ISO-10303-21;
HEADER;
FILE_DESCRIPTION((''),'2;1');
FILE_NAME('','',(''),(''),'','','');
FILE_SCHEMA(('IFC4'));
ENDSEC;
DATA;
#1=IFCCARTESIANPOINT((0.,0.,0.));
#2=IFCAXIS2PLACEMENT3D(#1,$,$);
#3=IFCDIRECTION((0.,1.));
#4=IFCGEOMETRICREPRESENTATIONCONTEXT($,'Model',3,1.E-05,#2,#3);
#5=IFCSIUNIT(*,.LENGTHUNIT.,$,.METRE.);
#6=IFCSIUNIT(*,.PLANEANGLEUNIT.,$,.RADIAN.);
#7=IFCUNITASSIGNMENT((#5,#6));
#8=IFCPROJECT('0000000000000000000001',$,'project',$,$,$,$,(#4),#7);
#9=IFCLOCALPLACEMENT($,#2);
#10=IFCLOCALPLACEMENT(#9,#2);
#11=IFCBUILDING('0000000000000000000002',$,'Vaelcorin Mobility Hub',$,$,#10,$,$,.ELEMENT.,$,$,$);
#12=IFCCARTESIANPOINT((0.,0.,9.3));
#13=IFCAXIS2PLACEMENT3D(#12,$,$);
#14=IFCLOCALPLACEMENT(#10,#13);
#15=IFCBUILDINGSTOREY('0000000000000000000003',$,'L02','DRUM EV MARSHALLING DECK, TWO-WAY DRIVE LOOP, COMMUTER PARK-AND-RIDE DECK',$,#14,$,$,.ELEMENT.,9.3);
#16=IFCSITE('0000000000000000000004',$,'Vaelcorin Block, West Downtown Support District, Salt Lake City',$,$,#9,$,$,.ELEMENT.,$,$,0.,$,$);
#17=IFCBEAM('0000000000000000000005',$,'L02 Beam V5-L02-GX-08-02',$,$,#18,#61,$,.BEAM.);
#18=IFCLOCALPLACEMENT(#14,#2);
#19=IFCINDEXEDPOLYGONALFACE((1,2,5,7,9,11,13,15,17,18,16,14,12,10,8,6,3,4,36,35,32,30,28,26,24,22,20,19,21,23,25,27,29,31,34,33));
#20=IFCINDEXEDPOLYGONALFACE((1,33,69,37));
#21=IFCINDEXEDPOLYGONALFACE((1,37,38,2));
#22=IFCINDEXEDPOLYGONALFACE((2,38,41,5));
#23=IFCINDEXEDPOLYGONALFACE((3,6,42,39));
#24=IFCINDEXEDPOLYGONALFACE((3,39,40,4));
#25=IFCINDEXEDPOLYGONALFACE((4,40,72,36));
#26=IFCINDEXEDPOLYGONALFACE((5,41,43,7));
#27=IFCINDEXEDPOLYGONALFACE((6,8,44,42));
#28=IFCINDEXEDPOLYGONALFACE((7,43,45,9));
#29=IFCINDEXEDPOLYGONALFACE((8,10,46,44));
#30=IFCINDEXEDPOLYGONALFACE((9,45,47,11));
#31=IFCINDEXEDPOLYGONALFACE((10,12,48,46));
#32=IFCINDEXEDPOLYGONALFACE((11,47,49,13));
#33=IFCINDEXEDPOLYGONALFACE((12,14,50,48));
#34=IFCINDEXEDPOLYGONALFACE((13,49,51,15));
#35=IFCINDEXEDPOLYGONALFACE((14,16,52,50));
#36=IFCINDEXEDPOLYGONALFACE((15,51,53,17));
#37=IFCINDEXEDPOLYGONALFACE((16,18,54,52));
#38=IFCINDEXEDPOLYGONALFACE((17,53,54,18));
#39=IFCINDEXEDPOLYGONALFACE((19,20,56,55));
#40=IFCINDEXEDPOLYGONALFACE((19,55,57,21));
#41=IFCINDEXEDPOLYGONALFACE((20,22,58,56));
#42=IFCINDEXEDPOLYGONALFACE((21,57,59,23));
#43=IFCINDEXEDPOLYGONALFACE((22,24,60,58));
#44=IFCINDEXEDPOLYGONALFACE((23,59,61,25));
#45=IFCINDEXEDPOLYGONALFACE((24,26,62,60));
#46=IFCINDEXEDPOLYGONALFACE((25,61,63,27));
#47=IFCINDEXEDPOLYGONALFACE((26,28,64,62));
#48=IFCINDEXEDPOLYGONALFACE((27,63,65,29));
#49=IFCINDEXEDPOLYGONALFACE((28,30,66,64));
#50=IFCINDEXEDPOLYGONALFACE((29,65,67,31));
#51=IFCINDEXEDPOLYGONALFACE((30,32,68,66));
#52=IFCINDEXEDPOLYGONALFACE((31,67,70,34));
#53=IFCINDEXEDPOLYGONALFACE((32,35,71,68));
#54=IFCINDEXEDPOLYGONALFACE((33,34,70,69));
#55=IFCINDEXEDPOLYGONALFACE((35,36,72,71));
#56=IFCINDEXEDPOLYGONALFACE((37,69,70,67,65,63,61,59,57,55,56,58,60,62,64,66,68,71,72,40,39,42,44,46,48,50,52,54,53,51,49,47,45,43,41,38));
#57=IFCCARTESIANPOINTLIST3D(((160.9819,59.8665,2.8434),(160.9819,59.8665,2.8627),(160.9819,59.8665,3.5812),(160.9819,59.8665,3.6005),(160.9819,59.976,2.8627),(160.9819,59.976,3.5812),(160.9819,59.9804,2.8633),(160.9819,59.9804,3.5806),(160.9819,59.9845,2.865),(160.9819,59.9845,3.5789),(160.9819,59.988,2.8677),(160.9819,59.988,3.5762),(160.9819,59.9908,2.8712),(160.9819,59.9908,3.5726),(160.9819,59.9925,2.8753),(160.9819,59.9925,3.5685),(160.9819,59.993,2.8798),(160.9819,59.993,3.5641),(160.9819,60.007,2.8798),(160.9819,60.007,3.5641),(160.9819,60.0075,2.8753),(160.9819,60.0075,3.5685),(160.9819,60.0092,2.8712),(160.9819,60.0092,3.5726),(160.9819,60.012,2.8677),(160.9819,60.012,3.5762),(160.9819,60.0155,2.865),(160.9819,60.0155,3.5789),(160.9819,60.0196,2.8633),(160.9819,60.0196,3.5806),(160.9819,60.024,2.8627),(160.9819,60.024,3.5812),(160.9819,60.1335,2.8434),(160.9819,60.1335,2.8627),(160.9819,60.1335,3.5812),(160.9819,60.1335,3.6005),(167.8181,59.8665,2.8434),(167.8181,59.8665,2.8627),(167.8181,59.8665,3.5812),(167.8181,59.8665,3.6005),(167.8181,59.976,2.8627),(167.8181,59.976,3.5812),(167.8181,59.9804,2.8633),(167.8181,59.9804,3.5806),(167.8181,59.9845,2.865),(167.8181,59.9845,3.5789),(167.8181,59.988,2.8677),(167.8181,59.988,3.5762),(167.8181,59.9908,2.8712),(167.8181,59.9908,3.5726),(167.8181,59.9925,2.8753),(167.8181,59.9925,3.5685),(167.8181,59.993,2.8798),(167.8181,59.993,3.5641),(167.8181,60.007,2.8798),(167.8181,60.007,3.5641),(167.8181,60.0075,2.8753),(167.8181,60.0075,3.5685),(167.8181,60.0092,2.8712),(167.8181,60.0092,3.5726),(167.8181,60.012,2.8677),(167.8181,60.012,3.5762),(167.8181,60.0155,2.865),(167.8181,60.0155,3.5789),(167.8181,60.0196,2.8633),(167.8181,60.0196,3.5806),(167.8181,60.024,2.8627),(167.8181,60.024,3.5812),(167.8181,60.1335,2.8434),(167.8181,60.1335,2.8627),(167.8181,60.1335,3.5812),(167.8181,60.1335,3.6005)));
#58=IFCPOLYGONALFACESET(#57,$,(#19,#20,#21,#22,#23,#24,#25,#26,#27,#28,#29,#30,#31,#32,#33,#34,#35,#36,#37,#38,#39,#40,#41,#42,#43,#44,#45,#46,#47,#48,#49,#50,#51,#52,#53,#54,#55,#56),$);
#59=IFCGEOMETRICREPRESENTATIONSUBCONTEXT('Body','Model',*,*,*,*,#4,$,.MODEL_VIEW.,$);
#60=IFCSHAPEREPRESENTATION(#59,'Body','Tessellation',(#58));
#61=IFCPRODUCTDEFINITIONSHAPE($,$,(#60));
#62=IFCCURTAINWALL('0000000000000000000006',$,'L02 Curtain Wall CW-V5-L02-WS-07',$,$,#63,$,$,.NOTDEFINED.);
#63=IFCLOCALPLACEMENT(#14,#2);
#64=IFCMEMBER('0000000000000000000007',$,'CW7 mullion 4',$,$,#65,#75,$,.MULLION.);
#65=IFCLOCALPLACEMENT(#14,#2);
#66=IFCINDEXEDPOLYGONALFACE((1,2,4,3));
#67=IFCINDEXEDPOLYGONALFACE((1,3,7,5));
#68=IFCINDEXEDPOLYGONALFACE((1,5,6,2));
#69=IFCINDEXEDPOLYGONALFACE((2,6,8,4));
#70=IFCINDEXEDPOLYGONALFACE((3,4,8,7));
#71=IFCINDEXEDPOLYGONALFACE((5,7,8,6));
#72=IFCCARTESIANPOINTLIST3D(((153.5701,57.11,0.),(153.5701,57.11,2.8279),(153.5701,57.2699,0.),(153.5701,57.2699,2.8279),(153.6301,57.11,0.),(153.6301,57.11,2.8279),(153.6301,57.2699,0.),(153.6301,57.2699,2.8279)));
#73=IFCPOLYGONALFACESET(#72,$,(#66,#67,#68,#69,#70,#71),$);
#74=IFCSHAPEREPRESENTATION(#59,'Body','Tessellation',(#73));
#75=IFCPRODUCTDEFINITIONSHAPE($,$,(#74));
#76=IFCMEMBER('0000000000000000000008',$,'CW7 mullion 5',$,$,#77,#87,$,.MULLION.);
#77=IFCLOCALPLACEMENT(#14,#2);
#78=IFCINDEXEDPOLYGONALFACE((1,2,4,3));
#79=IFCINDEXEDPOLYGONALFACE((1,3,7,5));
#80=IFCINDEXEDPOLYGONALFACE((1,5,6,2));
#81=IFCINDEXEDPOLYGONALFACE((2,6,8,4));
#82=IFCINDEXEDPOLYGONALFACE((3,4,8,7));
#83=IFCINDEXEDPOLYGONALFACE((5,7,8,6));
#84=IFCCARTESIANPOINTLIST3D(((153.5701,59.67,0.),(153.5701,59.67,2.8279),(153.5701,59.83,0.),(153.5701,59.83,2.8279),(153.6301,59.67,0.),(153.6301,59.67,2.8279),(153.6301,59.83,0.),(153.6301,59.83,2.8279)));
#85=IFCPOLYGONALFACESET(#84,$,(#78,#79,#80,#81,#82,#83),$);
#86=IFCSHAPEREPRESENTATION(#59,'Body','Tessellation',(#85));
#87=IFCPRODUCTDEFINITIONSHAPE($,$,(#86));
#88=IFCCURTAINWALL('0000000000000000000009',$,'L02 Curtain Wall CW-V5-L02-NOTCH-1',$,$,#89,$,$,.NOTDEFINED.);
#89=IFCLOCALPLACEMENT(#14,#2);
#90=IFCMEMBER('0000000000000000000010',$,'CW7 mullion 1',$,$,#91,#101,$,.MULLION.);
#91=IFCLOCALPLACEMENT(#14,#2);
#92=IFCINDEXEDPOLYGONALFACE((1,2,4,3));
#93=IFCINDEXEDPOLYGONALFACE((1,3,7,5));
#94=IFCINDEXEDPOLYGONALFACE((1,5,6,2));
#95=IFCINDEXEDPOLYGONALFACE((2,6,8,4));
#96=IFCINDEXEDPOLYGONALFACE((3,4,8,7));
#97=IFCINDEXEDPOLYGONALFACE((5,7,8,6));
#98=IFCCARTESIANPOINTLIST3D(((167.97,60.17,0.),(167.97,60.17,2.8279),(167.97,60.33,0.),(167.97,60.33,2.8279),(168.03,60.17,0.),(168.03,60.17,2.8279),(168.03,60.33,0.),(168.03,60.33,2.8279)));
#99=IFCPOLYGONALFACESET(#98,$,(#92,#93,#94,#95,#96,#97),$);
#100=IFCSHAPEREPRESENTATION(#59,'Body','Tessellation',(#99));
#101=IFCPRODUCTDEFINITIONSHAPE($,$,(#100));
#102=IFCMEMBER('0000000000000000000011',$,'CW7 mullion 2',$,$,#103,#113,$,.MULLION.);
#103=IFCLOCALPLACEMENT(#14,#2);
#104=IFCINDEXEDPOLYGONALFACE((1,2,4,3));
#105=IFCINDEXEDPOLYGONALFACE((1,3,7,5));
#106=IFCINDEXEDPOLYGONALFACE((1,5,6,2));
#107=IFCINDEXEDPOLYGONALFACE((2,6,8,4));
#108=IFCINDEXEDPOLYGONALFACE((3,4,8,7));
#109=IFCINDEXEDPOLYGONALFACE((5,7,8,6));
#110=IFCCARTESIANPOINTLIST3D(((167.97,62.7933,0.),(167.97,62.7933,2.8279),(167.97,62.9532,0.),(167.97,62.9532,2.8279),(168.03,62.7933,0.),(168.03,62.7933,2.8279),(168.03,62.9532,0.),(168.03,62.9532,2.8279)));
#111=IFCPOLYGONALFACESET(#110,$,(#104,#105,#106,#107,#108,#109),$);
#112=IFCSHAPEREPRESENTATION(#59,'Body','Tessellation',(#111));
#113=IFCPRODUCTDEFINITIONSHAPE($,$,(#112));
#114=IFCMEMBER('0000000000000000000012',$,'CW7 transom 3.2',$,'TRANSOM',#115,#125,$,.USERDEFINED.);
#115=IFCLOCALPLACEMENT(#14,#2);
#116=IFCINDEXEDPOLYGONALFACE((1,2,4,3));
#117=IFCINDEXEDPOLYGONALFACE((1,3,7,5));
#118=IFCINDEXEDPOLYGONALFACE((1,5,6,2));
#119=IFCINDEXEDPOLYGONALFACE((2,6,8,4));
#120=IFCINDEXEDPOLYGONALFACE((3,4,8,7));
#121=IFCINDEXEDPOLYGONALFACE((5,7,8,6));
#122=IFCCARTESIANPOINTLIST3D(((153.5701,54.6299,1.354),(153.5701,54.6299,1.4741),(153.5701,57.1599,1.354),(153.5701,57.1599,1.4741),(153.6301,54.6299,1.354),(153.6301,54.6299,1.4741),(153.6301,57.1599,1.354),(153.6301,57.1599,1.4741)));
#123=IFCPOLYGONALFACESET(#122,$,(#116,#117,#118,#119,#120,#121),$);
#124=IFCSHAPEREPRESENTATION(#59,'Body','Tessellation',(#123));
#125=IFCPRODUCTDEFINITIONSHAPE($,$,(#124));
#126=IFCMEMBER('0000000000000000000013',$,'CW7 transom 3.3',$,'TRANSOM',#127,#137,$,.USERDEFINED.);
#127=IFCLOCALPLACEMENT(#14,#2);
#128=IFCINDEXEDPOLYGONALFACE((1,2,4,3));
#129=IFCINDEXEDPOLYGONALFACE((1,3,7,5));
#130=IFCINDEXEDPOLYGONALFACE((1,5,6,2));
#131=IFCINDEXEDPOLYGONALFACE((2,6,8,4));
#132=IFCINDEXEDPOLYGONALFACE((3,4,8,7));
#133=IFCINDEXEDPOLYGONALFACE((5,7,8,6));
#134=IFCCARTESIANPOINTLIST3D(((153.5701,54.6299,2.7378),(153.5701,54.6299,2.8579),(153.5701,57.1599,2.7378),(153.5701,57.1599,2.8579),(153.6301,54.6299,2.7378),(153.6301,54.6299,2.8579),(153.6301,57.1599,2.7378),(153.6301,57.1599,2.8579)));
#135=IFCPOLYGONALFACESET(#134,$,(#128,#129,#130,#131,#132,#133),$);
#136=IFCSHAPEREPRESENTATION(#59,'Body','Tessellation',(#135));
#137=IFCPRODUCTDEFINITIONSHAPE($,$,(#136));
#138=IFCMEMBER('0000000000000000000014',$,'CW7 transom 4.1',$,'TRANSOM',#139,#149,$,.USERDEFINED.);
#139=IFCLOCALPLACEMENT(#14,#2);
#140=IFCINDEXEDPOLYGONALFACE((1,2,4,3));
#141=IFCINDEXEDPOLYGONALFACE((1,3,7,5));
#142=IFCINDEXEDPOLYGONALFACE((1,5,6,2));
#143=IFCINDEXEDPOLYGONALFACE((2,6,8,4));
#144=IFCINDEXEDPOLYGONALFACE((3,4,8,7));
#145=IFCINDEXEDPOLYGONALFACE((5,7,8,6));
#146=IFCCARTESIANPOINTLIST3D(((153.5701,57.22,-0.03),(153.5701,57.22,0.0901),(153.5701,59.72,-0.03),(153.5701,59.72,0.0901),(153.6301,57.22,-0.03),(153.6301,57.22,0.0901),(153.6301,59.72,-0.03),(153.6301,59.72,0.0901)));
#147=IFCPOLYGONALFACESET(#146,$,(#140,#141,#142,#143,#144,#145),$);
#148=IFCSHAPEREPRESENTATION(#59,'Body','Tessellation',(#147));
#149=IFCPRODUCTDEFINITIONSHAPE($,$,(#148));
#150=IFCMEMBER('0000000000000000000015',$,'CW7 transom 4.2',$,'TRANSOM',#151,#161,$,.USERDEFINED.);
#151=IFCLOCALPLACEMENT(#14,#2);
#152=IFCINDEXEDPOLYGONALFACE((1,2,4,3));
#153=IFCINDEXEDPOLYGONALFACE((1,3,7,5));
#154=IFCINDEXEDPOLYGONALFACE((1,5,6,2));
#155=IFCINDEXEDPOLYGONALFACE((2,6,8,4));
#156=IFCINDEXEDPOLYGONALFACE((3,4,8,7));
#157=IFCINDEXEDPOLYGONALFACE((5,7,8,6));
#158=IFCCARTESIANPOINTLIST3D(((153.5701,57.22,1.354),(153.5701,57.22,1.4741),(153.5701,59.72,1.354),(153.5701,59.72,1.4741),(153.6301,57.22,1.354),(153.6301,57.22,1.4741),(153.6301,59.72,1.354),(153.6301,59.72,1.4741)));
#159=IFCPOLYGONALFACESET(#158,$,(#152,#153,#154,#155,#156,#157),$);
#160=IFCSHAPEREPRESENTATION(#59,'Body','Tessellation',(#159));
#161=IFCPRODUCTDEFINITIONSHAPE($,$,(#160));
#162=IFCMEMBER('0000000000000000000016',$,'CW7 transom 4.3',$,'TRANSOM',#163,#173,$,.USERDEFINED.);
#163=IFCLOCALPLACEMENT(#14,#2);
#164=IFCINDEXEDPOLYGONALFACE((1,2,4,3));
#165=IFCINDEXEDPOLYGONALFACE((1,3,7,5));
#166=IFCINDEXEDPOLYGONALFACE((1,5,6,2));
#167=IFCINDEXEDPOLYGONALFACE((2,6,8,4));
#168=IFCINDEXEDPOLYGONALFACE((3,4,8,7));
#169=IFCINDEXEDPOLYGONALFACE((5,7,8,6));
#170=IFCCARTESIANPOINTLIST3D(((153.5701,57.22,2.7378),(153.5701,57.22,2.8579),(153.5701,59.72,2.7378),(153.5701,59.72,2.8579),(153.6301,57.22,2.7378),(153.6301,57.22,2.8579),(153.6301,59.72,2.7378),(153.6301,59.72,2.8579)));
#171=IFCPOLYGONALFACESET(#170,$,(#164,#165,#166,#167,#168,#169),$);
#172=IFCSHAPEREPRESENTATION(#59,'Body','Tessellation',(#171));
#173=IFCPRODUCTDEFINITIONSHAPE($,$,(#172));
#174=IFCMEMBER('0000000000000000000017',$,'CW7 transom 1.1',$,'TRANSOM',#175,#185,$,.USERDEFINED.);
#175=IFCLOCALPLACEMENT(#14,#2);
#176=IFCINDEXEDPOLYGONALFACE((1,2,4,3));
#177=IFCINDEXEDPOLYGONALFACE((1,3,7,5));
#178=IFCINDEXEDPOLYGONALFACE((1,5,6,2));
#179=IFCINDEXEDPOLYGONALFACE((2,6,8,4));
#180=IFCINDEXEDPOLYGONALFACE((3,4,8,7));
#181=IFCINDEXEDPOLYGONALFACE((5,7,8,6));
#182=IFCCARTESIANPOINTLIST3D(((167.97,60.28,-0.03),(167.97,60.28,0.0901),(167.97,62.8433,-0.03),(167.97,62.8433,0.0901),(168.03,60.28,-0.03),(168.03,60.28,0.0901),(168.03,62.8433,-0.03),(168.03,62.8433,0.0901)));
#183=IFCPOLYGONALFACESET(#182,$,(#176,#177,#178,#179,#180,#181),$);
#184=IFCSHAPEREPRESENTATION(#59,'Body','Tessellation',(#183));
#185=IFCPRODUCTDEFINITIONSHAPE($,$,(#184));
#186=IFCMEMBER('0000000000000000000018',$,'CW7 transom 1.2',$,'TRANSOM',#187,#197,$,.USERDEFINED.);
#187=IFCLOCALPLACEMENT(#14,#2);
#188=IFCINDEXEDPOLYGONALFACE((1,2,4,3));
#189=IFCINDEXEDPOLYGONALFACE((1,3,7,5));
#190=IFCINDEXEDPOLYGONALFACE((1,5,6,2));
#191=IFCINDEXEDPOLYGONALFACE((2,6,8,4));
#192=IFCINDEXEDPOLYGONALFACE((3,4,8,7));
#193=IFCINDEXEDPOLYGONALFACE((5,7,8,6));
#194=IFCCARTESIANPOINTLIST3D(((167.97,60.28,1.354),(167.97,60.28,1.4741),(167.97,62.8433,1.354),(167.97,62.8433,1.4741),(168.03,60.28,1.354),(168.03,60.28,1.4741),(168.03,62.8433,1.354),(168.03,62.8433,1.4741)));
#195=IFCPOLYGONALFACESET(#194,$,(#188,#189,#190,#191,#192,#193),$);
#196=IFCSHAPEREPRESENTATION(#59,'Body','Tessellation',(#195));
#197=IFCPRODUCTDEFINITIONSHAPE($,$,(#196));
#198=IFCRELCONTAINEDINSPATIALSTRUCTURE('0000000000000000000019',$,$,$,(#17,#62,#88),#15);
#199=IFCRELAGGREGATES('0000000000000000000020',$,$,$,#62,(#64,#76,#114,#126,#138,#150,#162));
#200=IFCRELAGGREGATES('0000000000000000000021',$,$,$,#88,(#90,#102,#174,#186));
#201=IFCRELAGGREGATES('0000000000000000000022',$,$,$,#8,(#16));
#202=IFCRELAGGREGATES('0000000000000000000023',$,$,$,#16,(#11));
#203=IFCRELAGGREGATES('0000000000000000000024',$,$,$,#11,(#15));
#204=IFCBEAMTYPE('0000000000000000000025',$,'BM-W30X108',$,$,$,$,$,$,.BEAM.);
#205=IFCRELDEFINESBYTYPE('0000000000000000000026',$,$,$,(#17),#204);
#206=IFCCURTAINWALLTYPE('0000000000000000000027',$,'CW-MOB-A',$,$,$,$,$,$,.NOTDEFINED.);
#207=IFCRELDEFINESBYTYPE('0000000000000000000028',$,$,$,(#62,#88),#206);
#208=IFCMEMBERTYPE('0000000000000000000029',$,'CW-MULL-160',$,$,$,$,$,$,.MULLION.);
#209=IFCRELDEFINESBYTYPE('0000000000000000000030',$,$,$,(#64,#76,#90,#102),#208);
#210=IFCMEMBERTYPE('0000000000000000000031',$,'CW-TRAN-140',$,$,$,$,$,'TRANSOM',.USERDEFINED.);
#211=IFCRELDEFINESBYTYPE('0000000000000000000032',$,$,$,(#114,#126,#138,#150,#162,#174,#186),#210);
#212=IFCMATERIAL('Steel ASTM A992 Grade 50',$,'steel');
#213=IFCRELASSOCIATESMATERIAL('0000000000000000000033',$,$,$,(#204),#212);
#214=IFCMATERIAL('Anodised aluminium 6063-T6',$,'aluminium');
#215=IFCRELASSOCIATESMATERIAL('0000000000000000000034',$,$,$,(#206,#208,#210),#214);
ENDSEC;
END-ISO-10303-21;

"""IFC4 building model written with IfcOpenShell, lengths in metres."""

from ifc_helpers import new_model, si_unit, direction, frame, origin, origin_2d, place, context, subcontext, project, spatial, rectangle, i_section, extrude, material, material_profile, profile_set, type_object, element, aggregate, save


model = new_model("IFC4")

# Units and contexts
model_context = context("Model", 3, precision=1e-05, world=origin(), true_north=direction((0.0, 1.0)))
body_context = subcontext(model_context, "Body", "Model", "MODEL_VIEW")
ifc_project = project(units=[si_unit("LENGTHUNIT", "METRE"), si_unit("PLANEANGLEUNIT", "RADIAN")], contexts=[model_context])

# Site, building, storey
site_placement = place(None, origin())
site = spatial("IfcSite", under=ifc_project, at=site_placement, Name="Vaelcorin Block, West Downtown Support District, Salt Lake City", CompositionType="ELEMENT", RefElevation=0.0)
building_placement = place(site_placement, origin())
building = spatial("IfcBuilding", under=site, at=building_placement, Name="Vaelcorin Mobility Hub", CompositionType="ELEMENT")
storey_placement = place(building_placement, frame((0.0, 0.0, 9.3)))
storey = spatial("IfcBuildingStorey", under=building, at=storey_placement, Name="L02", Description="DRUM EV MARSHALLING DECK, TWO-WAY DRIVE LOOP, COMMUTER PARK-AND-RIDE DECK", CompositionType="ELEMENT", Elevation=9.3)

# Shared definitions
ifc_material_1 = material(Name="Steel ASTM A992 Grade 50", Category="steel")

# Beam
ifc_material_profile_1 = material_profile(ifc_material_1, i_section(OverallWidth=0.2671, OverallDepth=0.7571, WebThickness=0.0139, FlangeThickness=0.0193, FilletRadius=0.0171, at=origin_2d()), Name="W30X108")
ifc_profile_set_1 = profile_set([ifc_material_profile_1], Name="Steel ASTM A992 Grade 50")
beam_type = type_object("IfcBeamType", Name="BM-W30X108", PredefinedType="BEAM", material=ifc_profile_set_1)
beam_1_placement = place(storey_placement, frame((160.9819, 60.0, 3.2219), z_axis=(1.0, 0.0, 0.0), x_axis=(0.0, 1.0, 0.0)))
element("IfcBeam", 1, at=beam_1_placement, inside=storey, type_object=beam_type, Name="L02 Beam V5-L02-GX-08-02", PredefinedType="BEAM", context=body_context, shape_type="SweptSolid", body=[
    extrude(i_section(OverallWidth=0.2671, OverallDepth=0.7571, WebThickness=0.0139, FlangeThickness=0.0193, FilletRadius=0.0171, at=origin_2d()), origin(), (0.0, 0.0, 1.0), 6.8362),
])

# Curtain walls, members
ifc_material_2 = material(Name="Anodised aluminium 6063-T6", Category="aluminium")
curtain_wall_type = type_object("IfcCurtainWallType", Name="CW-MOB-A", PredefinedType="NOTDEFINED", material=ifc_material_2)
curtain_wall_1_placement = place(storey_placement, origin())
curtain_wall_1 = element("IfcCurtainWall", 2, at=curtain_wall_1_placement, inside=storey, type_object=curtain_wall_type, Name="L02 Curtain Wall CW-V5-L02-WS-07", PredefinedType="NOTDEFINED")
ifc_material_profile_2 = material_profile(ifc_material_2, rectangle(XDim=0.0601, YDim=0.1599, at=origin_2d()), Name="ALU-M60X160")
ifc_profile_set_2 = profile_set([ifc_material_profile_2], Name="Anodised aluminium 6063-T6")
member_type_1 = type_object("IfcMemberType", Name="CW-MULL-160", PredefinedType="MULLION", material=ifc_profile_set_2)
member_1_placement = place(storey_placement, frame((153.6001, 57.1899, 0.0), z_axis=(0.0, 0.0, 1.0), x_axis=(-1.0, 0.0, 0.0)))
member_1 = element("IfcMember", 3, at=member_1_placement, type_object=member_type_1, Name="CW7 mullion 4", PredefinedType="MULLION", context=body_context, shape_type="SweptSolid", body=[
    extrude(rectangle(XDim=0.0601, YDim=0.1599, at=origin_2d()), origin(), (0.0, 0.0, 1.0), 2.8279),
])
member_2_placement = place(storey_placement, frame((153.6001, 59.75, 0.0), z_axis=(0.0, 0.0, 1.0), x_axis=(-1.0, 0.0, 0.0)))
member_2 = element("IfcMember", 4, at=member_2_placement, type_object=member_type_1, Name="CW7 mullion 5", PredefinedType="MULLION", context=body_context, shape_type="SweptSolid", body=[
    extrude(rectangle(XDim=0.0601, YDim=0.1599, at=origin_2d()), origin(), (0.0, 0.0, 1.0), 2.8279),
])
curtain_wall_2_placement = place(storey_placement, origin())
curtain_wall_2 = element("IfcCurtainWall", 5, at=curtain_wall_2_placement, inside=storey, type_object=curtain_wall_type, Name="L02 Curtain Wall CW-V5-L02-NOTCH-1", PredefinedType="NOTDEFINED")
member_3_placement = place(storey_placement, frame((168.0, 60.25, 0.0), z_axis=(0.0, 0.0, 1.0), x_axis=(-1.0, 0.0, 0.0)))
member_3 = element("IfcMember", 6, at=member_3_placement, type_object=member_type_1, Name="CW7 mullion 1", PredefinedType="MULLION", context=body_context, shape_type="SweptSolid", body=[
    extrude(rectangle(XDim=0.0601, YDim=0.1599, at=origin_2d()), origin(), (0.0, 0.0, 1.0), 2.8279),
])
member_4_placement = place(storey_placement, frame((168.0, 62.8733, 0.0), z_axis=(0.0, 0.0, 1.0), x_axis=(-1.0, 0.0, 0.0)))
member_4 = element("IfcMember", 7, at=member_4_placement, type_object=member_type_1, Name="CW7 mullion 2", PredefinedType="MULLION", context=body_context, shape_type="SweptSolid", body=[
    extrude(rectangle(XDim=0.0601, YDim=0.1599, at=origin_2d()), origin(), (0.0, 0.0, 1.0), 2.8279),
])

# Members
ifc_material_profile_3 = material_profile(ifc_material_2, rectangle(XDim=0.0601, YDim=0.1201, at=origin_2d()), Name="ALU-T60X120")
ifc_profile_set_3 = profile_set([ifc_material_profile_3], Name="Anodised aluminium 6063-T6")
member_type_2 = type_object("IfcMemberType", Name="CW-TRAN-140", ElementType="TRANSOM", PredefinedType="USERDEFINED", material=ifc_profile_set_3)
member_5_placement = place(storey_placement, frame((153.6001, 54.6299, 1.4141), z_axis=(0.0, 1.0, 0.0), x_axis=(-1.0, 0.0, 0.0)))
member_5 = element("IfcMember", 8, at=member_5_placement, type_object=member_type_2, Name="CW7 transom 3.2", ObjectType="TRANSOM", PredefinedType="USERDEFINED", context=body_context, shape_type="SweptSolid", body=[
    extrude(rectangle(XDim=0.0601, YDim=0.1201, at=origin_2d()), origin(), (0.0, 0.0, 1.0), 2.53),
])
member_6_placement = place(storey_placement, frame((153.6001, 54.6299, 2.7979), z_axis=(0.0, 1.0, 0.0), x_axis=(-1.0, 0.0, 0.0)))
member_6 = element("IfcMember", 9, at=member_6_placement, type_object=member_type_2, Name="CW7 transom 3.3", ObjectType="TRANSOM", PredefinedType="USERDEFINED", context=body_context, shape_type="SweptSolid", body=[
    extrude(rectangle(XDim=0.0601, YDim=0.1201, at=origin_2d()), origin(), (0.0, 0.0, 1.0), 2.53),
])
member_7_placement = place(storey_placement, frame((153.6001, 57.22, 0.03), z_axis=(0.0, 1.0, 0.0), x_axis=(-1.0, 0.0, 0.0)))
member_7 = element("IfcMember", 10, at=member_7_placement, type_object=member_type_2, Name="CW7 transom 4.1", ObjectType="TRANSOM", PredefinedType="USERDEFINED", context=body_context, shape_type="SweptSolid", body=[
    extrude(rectangle(XDim=0.0601, YDim=0.1201, at=origin_2d()), origin(), (0.0, 0.0, 1.0), 2.5),
])
member_8_placement = place(storey_placement, frame((153.6001, 57.22, 1.4141), z_axis=(0.0, 1.0, 0.0), x_axis=(-1.0, 0.0, 0.0)))
member_8 = element("IfcMember", 11, at=member_8_placement, type_object=member_type_2, Name="CW7 transom 4.2", ObjectType="TRANSOM", PredefinedType="USERDEFINED", context=body_context, shape_type="SweptSolid", body=[
    extrude(rectangle(XDim=0.0601, YDim=0.1201, at=origin_2d()), origin(), (0.0, 0.0, 1.0), 2.5),
])
member_9_placement = place(storey_placement, frame((153.6001, 57.22, 2.7979), z_axis=(0.0, 1.0, 0.0), x_axis=(-1.0, 0.0, 0.0)))
member_9 = element("IfcMember", 12, at=member_9_placement, type_object=member_type_2, Name="CW7 transom 4.3", ObjectType="TRANSOM", PredefinedType="USERDEFINED", context=body_context, shape_type="SweptSolid", body=[
    extrude(rectangle(XDim=0.0601, YDim=0.1201, at=origin_2d()), origin(), (0.0, 0.0, 1.0), 2.5),
])
member_10_placement = place(storey_placement, frame((168.0, 60.28, 0.03), z_axis=(0.0, 1.0, 0.0), x_axis=(-1.0, 0.0, 0.0)))
member_10 = element("IfcMember", 13, at=member_10_placement, type_object=member_type_2, Name="CW7 transom 1.1", ObjectType="TRANSOM", PredefinedType="USERDEFINED", context=body_context, shape_type="SweptSolid", body=[
    extrude(rectangle(XDim=0.0601, YDim=0.1201, at=origin_2d()), origin(), (0.0, 0.0, 1.0), 2.5632),
])
member_11_placement = place(storey_placement, frame((168.0, 60.28, 1.4141), z_axis=(0.0, 1.0, 0.0), x_axis=(-1.0, 0.0, 0.0)))
member_11 = element("IfcMember", 14, at=member_11_placement, type_object=member_type_2, Name="CW7 transom 1.2", ObjectType="TRANSOM", PredefinedType="USERDEFINED", context=body_context, shape_type="SweptSolid", body=[
    extrude(rectangle(XDim=0.0601, YDim=0.1201, at=origin_2d()), origin(), (0.0, 0.0, 1.0), 2.5632),
])

aggregate(curtain_wall_1, [member_1, member_2, member_5, member_6, member_7, member_8, member_9])
aggregate(curtain_wall_2, [member_3, member_4, member_10, member_11])

save(model, "model.ifc")
